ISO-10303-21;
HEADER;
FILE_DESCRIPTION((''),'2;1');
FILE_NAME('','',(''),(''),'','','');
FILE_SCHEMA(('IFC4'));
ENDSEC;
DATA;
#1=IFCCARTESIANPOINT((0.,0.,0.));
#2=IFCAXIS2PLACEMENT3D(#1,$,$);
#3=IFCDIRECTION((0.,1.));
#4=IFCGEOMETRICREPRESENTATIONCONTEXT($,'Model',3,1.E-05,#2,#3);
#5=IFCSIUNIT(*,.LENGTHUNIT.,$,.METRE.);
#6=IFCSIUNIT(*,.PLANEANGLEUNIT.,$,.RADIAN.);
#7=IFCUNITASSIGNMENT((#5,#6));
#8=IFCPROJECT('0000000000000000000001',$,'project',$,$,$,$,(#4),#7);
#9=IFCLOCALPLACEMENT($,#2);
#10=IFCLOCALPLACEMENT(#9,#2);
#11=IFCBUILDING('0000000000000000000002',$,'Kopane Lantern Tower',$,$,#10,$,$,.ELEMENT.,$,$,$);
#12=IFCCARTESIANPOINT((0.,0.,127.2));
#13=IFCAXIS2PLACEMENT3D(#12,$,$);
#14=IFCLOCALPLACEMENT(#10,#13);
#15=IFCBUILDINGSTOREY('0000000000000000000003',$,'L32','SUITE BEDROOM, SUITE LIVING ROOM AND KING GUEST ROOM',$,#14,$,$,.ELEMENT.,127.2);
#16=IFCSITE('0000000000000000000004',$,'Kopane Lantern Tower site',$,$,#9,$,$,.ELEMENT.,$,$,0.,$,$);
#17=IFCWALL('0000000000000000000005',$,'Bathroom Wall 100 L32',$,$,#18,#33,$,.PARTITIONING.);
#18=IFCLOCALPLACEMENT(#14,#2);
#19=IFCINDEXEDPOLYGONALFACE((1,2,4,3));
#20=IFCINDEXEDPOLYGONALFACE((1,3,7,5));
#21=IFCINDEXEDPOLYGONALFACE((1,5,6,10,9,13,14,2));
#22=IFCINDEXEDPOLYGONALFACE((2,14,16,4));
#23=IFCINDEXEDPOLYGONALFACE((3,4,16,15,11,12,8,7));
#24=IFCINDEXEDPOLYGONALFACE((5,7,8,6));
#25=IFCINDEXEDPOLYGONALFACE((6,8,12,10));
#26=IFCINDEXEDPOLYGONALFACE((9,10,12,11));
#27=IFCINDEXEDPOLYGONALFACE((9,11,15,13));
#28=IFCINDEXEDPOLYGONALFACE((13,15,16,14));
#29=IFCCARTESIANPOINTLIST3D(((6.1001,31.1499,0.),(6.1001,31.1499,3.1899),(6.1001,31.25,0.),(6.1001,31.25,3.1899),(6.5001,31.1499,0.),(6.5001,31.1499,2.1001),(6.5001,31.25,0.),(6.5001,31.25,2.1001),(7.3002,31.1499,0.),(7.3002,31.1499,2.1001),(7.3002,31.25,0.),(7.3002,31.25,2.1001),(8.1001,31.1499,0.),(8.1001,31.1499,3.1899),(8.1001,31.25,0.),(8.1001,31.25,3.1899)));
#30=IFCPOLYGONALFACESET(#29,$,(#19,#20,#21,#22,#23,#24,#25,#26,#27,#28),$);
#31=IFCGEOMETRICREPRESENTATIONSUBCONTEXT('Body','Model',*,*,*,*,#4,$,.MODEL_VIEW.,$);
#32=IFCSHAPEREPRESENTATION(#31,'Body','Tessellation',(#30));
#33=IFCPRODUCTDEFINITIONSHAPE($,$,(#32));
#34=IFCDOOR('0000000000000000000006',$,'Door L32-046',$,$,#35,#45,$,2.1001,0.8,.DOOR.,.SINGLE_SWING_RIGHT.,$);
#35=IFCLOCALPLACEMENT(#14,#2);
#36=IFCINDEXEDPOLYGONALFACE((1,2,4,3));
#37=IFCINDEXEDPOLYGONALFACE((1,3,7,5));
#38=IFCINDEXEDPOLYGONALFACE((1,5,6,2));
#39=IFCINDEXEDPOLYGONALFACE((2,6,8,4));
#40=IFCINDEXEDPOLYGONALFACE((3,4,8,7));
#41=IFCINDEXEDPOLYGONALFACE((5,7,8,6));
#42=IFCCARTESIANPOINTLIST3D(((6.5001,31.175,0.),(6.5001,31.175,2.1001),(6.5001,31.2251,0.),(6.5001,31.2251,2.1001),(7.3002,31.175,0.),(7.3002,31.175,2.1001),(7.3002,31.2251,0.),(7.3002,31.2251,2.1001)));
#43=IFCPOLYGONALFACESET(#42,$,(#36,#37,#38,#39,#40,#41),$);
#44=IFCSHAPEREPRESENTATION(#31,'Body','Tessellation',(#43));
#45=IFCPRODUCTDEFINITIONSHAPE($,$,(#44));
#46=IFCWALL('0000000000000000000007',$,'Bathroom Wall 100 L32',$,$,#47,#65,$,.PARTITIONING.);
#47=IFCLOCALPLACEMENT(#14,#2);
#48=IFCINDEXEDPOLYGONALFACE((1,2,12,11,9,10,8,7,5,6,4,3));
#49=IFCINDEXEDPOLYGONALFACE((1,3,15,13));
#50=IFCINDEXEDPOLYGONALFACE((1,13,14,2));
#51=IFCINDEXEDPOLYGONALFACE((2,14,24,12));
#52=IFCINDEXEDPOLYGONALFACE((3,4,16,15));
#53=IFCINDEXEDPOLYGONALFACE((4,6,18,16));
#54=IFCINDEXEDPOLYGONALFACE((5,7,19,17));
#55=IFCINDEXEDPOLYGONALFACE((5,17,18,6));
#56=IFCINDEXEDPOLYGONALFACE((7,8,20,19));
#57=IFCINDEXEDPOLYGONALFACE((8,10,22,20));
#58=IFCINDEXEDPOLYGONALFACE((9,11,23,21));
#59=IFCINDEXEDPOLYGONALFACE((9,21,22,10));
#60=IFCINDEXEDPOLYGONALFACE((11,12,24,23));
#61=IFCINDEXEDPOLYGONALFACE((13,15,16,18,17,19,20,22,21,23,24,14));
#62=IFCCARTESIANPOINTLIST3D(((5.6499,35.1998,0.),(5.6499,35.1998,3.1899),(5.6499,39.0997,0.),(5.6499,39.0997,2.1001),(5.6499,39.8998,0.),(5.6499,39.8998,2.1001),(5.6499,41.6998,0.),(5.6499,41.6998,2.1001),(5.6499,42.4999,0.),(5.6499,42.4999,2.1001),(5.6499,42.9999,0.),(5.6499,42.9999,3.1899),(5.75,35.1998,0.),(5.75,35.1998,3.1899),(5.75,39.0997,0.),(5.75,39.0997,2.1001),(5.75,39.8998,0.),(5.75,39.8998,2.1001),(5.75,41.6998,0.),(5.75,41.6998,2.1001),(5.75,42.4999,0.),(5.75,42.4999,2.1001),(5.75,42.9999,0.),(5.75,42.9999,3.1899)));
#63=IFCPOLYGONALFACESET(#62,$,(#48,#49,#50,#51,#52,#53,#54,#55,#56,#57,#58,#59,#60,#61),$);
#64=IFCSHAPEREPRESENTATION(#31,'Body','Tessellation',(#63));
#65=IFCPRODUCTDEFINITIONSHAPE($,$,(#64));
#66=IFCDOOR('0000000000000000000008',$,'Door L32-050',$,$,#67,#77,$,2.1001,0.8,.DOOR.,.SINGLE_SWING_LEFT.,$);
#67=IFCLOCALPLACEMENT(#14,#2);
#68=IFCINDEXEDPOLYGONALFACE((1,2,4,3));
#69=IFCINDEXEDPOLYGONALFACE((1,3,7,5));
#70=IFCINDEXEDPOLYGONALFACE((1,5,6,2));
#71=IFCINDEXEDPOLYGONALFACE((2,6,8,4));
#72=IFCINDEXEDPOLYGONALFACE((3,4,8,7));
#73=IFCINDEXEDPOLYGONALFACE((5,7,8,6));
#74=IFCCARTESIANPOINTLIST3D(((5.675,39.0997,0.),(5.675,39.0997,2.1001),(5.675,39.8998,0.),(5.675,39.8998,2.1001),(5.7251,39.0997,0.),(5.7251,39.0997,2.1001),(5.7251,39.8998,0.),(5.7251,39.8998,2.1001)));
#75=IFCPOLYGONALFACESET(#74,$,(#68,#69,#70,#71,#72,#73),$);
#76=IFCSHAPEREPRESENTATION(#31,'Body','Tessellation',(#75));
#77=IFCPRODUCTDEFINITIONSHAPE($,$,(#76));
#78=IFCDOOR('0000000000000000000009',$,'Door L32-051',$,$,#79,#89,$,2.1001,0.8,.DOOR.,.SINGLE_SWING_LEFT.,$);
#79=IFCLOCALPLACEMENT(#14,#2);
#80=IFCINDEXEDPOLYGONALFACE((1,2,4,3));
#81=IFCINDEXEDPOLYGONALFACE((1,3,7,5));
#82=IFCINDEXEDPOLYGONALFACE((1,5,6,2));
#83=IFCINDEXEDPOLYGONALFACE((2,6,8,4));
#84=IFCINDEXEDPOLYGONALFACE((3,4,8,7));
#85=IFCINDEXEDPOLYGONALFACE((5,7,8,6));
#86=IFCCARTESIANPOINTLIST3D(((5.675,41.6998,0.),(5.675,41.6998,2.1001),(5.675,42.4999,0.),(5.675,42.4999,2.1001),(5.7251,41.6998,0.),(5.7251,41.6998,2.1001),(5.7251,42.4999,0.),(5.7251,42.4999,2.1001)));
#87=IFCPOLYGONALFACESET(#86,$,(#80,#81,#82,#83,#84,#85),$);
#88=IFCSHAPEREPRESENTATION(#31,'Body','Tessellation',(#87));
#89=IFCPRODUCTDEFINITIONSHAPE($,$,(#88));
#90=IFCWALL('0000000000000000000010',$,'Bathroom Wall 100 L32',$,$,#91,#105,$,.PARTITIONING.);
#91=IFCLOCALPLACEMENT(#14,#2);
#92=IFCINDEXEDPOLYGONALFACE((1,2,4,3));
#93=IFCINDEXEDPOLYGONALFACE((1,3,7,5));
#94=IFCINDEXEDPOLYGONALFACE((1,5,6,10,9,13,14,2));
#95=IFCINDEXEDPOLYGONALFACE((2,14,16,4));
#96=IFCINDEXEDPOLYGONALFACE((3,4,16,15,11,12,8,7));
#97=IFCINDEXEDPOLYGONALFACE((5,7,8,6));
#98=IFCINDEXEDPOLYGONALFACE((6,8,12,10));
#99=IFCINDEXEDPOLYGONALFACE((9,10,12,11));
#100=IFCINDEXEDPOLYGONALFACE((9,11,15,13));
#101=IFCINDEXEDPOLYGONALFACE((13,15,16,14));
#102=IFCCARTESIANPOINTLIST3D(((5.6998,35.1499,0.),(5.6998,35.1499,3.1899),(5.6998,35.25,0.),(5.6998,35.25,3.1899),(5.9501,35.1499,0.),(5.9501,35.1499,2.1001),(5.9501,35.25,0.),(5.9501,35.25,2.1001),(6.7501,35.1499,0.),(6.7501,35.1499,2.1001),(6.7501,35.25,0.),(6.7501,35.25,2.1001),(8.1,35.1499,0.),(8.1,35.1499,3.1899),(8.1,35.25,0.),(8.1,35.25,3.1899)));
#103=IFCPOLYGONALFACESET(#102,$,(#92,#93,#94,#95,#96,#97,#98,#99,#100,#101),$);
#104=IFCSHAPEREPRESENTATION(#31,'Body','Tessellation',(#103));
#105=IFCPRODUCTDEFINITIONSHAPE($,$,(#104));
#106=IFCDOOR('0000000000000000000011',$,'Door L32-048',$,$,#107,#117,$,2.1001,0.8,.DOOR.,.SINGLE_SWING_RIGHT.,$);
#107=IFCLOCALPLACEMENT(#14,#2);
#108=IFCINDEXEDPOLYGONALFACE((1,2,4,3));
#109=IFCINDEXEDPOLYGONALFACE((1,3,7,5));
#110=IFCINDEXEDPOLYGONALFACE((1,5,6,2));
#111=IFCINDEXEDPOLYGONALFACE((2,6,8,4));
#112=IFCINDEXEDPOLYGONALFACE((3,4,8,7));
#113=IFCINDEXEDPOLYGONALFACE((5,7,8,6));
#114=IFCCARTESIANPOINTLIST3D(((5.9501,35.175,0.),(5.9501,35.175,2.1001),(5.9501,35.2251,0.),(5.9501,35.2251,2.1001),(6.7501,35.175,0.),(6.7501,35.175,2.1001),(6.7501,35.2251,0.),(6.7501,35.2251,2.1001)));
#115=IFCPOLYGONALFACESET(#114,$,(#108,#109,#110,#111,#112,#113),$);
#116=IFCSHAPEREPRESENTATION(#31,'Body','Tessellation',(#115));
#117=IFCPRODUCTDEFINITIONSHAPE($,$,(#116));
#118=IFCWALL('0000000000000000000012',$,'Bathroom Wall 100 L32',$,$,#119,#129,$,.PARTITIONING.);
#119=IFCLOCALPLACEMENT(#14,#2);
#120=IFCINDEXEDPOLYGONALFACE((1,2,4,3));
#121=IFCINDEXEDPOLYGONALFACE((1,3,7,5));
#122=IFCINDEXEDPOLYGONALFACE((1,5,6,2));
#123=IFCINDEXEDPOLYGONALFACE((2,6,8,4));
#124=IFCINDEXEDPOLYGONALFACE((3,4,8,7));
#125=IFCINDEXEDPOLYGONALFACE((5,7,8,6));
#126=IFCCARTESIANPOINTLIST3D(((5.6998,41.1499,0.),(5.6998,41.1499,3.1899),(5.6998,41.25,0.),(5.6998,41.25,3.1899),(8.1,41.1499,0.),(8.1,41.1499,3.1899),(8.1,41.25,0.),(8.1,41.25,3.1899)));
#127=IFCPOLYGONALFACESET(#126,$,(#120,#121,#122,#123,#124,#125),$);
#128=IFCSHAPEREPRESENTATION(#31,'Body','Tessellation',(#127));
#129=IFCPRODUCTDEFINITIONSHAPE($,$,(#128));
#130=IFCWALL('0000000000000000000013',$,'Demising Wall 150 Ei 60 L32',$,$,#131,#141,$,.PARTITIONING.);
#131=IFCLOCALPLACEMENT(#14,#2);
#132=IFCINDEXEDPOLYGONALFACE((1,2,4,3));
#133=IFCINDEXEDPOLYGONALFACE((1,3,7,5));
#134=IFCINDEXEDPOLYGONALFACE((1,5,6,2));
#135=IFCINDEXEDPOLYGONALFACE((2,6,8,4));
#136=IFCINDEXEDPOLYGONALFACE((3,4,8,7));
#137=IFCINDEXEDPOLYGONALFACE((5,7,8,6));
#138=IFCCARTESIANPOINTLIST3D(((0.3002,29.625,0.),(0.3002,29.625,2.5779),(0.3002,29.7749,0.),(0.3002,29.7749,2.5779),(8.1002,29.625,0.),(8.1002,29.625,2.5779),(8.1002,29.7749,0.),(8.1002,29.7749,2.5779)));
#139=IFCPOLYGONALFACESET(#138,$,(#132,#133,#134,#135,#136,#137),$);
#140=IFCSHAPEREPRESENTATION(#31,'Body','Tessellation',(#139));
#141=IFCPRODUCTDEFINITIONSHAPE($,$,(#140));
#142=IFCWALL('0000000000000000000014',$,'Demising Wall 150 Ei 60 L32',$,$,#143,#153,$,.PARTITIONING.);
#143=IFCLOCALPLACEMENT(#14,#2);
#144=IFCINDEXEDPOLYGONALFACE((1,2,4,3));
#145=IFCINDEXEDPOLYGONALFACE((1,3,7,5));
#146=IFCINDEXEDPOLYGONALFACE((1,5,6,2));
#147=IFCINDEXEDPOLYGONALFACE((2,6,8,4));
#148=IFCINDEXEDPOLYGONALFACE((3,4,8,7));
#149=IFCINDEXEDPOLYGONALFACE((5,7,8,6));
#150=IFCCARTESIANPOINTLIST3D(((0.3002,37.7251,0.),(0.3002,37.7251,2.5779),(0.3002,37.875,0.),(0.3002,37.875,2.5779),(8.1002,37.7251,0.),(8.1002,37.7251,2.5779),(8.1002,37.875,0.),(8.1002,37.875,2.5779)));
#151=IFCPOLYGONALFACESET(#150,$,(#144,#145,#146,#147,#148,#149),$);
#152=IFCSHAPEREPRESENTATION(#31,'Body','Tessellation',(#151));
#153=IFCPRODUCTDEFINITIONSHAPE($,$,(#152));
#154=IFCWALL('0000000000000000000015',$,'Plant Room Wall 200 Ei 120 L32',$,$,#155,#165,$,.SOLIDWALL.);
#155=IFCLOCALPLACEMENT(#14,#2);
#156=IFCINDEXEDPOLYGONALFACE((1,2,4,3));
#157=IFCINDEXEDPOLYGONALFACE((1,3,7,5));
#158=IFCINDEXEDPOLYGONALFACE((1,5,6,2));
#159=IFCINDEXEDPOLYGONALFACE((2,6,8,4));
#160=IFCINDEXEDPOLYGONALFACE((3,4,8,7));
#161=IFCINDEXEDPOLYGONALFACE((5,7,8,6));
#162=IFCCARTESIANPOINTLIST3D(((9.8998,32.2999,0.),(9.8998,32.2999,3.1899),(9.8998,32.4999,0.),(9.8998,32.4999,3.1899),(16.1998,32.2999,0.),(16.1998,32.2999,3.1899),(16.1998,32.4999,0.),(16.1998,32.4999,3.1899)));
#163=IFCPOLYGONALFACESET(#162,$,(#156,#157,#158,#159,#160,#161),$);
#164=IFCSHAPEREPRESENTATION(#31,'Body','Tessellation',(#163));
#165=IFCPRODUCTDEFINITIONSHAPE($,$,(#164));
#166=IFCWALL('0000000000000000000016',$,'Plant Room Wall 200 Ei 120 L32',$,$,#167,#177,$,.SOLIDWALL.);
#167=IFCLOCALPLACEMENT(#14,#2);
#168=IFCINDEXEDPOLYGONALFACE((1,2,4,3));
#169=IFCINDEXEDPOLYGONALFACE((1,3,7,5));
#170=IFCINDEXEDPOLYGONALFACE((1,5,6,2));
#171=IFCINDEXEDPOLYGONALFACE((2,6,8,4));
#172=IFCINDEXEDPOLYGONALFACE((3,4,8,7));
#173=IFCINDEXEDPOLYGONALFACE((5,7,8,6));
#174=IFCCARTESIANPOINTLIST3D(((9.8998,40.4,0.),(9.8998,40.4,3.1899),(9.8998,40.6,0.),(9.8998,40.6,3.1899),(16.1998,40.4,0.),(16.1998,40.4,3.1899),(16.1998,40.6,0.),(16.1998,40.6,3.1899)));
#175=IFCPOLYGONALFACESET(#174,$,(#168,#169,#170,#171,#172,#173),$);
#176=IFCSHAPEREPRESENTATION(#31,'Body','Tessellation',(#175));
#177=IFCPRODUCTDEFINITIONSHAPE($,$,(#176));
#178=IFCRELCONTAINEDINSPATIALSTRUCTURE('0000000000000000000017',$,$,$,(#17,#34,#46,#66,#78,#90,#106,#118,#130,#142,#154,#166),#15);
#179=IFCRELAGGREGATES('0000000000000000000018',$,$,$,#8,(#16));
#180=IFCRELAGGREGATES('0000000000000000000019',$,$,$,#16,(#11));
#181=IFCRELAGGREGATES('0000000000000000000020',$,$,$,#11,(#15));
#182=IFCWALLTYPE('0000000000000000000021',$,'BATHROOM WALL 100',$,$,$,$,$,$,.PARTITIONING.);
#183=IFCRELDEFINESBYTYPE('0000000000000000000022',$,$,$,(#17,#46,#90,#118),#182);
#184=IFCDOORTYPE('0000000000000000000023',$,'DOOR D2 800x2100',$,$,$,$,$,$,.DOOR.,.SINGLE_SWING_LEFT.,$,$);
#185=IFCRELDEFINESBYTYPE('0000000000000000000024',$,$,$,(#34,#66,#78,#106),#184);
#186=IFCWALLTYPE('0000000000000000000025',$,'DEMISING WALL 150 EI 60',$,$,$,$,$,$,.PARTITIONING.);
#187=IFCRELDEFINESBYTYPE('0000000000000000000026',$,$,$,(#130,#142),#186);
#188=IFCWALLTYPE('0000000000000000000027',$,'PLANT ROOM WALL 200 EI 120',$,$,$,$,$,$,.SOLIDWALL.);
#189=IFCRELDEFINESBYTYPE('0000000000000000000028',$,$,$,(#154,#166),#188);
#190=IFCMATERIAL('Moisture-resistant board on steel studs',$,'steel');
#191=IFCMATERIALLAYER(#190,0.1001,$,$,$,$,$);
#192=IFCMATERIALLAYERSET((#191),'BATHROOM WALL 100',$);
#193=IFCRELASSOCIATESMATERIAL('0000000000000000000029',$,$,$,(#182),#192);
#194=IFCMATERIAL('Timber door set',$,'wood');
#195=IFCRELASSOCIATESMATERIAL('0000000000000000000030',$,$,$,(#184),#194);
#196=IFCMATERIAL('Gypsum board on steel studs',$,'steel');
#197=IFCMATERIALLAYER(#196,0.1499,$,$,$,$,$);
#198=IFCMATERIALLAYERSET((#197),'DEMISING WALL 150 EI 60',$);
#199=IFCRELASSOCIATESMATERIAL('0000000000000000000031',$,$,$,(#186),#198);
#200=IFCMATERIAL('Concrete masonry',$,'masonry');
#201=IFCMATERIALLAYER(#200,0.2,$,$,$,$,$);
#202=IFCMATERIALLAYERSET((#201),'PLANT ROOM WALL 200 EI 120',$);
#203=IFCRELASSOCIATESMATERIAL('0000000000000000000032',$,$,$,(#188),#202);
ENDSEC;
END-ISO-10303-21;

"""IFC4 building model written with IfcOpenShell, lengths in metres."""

from ifc_helpers import new_model, si_unit, direction, frame, frame_2d, origin, place, context, subcontext, project, spatial, rectangle, extrude, material, layer, layer_set, type_object, element, fill, save


model = new_model("IFC4")

# Units and contexts
model_context = context("Model", 3, precision=1e-05, world=origin(), true_north=direction((0.0, 1.0)))
body_context = subcontext(model_context, "Body", "Model", "MODEL_VIEW")
ifc_project = project(units=[si_unit("LENGTHUNIT", "METRE"), si_unit("PLANEANGLEUNIT", "RADIAN")], contexts=[model_context])

# Site, building, storey
site_placement = place(None, origin())
site = spatial("IfcSite", under=ifc_project, at=site_placement, Name="Kopane Lantern Tower site", CompositionType="ELEMENT", RefElevation=0.0)
building_placement = place(site_placement, origin())
building = spatial("IfcBuilding", under=site, at=building_placement, Name="Kopane Lantern Tower", CompositionType="ELEMENT")
storey_placement = place(building_placement, frame((0.0, 0.0, 127.2)))
storey = spatial("IfcBuildingStorey", under=building, at=storey_placement, Name="L32", Description="SUITE BEDROOM, SUITE LIVING ROOM AND KING GUEST ROOM", CompositionType="ELEMENT", Elevation=127.2)

# Shared definitions
ifc_material_1 = material(Name="Moisture-resistant board on steel studs", Category="steel")
ifc_layer_1 = layer(ifc_material_1, 0.1001)
ifc_layer_set_1 = layer_set([ifc_layer_1], Name="BATHROOM WALL 100")
wall_type_1 = type_object("IfcWallType", Name="BATHROOM WALL 100", PredefinedType="PARTITIONING", material=ifc_layer_set_1)

# Wall, opening, door
wall_1_placement = place(storey_placement, frame((8.1001, 31.2, 0.0), z_axis=(0.0, 0.0, 1.0), x_axis=(-1.0, 0.0, 0.0)))
wall_1 = element("IfcWall", 1, at=wall_1_placement, inside=storey, type_object=wall_type_1, Name="Bathroom Wall 100 L32", PredefinedType="PARTITIONING", context=body_context, shape_type="SweptSolid", body=[
    extrude(rectangle(XDim=2.0, YDim=0.1001, at=frame_2d((1.0, 0.0))), origin(), (0.0, 0.0, 1.0), 3.1899),
])
opening_1_placement = place(wall_1_placement, frame((0.8, 0.0, 0.0)))
opening_1 = element("IfcOpeningElement", 2, at=opening_1_placement, cuts=wall_1, PredefinedType="OPENING", context=body_context, shape_type="SweptSolid", body=[
    extrude(rectangle(XDim=0.8, YDim=2.1001, at=frame_2d((0.3999, 1.05))), frame((0.0, 0.0601, 0.0), z_axis=(0.0, -1.0, 0.0), x_axis=(1.0, 0.0, 0.0)), (0.0, 0.0, 1.0), 0.1201),
])
ifc_material_2 = material(Name="Timber door set", Category="wood")
door_type_1 = type_object("IfcDoorType", Name="DOOR D2 800x2100", OperationType="SINGLE_SWING_LEFT", PredefinedType="DOOR", material=ifc_material_2)
door_1_placement = place(opening_1_placement, origin())
door_1 = element("IfcDoor", 3, at=door_1_placement, inside=storey, type_object=door_type_1, Name="Door L32-046", OperationType="SINGLE_SWING_RIGHT", OverallHeight=2.1001, OverallWidth=0.8, PredefinedType="DOOR", context=body_context, shape_type="SweptSolid", body=[
    extrude(rectangle(XDim=0.8, YDim=2.1001, at=frame_2d((0.3999, 1.05))), frame((0.0, 0.0249, 0.0), z_axis=(0.0, -1.0, 0.0), x_axis=(1.0, 0.0, 0.0)), (0.0, 0.0, 1.0), 0.05),
])
fill(opening_1, door_1)

# Wall, openings, doors
wall_2_placement = place(storey_placement, frame((5.7, 35.2, 0.0), z_axis=(0.0, 0.0, 1.0), x_axis=(0.0, 1.0, 0.0)))
wall_2 = element("IfcWall", 4, at=wall_2_placement, inside=storey, type_object=wall_type_1, Name="Bathroom Wall 100 L32", PredefinedType="PARTITIONING", context=body_context, shape_type="SweptSolid", body=[
    extrude(rectangle(XDim=7.8, YDim=0.1001, at=frame_2d((3.8999, 0.0))), origin(), (0.0, 0.0, 1.0), 3.1899),
])
opening_2_placement = place(wall_2_placement, frame((3.8999, 0.0, 0.0)))
opening_2 = element("IfcOpeningElement", 5, at=opening_2_placement, cuts=wall_2, PredefinedType="OPENING", context=body_context, shape_type="SweptSolid", body=[
    extrude(rectangle(XDim=0.8, YDim=2.1001, at=frame_2d((0.3999, 1.05))), frame((0.0, 0.0601, 0.0), z_axis=(0.0, -1.0, 0.0), x_axis=(1.0, 0.0, 0.0)), (0.0, 0.0, 1.0), 0.1201),
])
opening_3_placement = place(wall_2_placement, frame((6.5, 0.0, 0.0)))
opening_3 = element("IfcOpeningElement", 6, at=opening_3_placement, cuts=wall_2, PredefinedType="OPENING", context=body_context, shape_type="SweptSolid", body=[
    extrude(rectangle(XDim=0.8, YDim=2.1001, at=frame_2d((0.3999, 1.05))), frame((0.0, 0.0601, 0.0), z_axis=(0.0, -1.0, 0.0), x_axis=(1.0, 0.0, 0.0)), (0.0, 0.0, 1.0), 0.1201),
])
door_2_placement = place(opening_2_placement, origin())
door_2 = element("IfcDoor", 7, at=door_2_placement, inside=storey, type_object=door_type_1, Name="Door L32-050", OperationType="SINGLE_SWING_LEFT", OverallHeight=2.1001, OverallWidth=0.8, PredefinedType="DOOR", context=body_context, shape_type="SweptSolid", body=[
    extrude(rectangle(XDim=0.8, YDim=2.1001, at=frame_2d((0.3999, 1.05))), frame((0.0, 0.0249, 0.0), z_axis=(0.0, -1.0, 0.0), x_axis=(1.0, 0.0, 0.0)), (0.0, 0.0, 1.0), 0.05),
])
fill(opening_2, door_2)
door_3_placement = place(opening_3_placement, origin())
door_3 = element("IfcDoor", 8, at=door_3_placement, inside=storey, type_object=door_type_1, Name="Door L32-051", OperationType="SINGLE_SWING_LEFT", OverallHeight=2.1001, OverallWidth=0.8, PredefinedType="DOOR", context=body_context, shape_type="SweptSolid", body=[
    extrude(rectangle(XDim=0.8, YDim=2.1001, at=frame_2d((0.3999, 1.05))), frame((0.0, 0.0249, 0.0), z_axis=(0.0, -1.0, 0.0), x_axis=(1.0, 0.0, 0.0)), (0.0, 0.0, 1.0), 0.05),
])
fill(opening_3, door_3)

# Wall, opening, door
wall_3_placement = place(storey_placement, frame((8.1001, 35.2, 0.0), z_axis=(0.0, 0.0, 1.0), x_axis=(-1.0, 0.0, 0.0)))
wall_3 = element("IfcWall", 9, at=wall_3_placement, inside=storey, type_object=wall_type_1, Name="Bathroom Wall 100 L32", PredefinedType="PARTITIONING", context=body_context, shape_type="SweptSolid", body=[
    extrude(rectangle(XDim=2.4001, YDim=0.1001, at=frame_2d((1.2002, 0.0))), origin(), (0.0, 0.0, 1.0), 3.1899),
])
opening_4_placement = place(wall_3_placement, frame((1.3501, 0.0, 0.0)))
opening_4 = element("IfcOpeningElement", 10, at=opening_4_placement, cuts=wall_3, PredefinedType="OPENING", context=body_context, shape_type="SweptSolid", body=[
    extrude(rectangle(XDim=0.8, YDim=2.1001, at=frame_2d((0.3999, 1.05))), frame((0.0, 0.0601, 0.0), z_axis=(0.0, -1.0, 0.0), x_axis=(1.0, 0.0, 0.0)), (0.0, 0.0, 1.0), 0.1201),
])
door_4_placement = place(opening_4_placement, origin())
door_4 = element("IfcDoor", 11, at=door_4_placement, inside=storey, type_object=door_type_1, Name="Door L32-048", OperationType="SINGLE_SWING_RIGHT", OverallHeight=2.1001, OverallWidth=0.8, PredefinedType="DOOR", context=body_context, shape_type="SweptSolid", body=[
    extrude(rectangle(XDim=0.8, YDim=2.1001, at=frame_2d((0.3999, 1.05))), frame((0.0, 0.0249, 0.0), z_axis=(0.0, -1.0, 0.0), x_axis=(1.0, 0.0, 0.0)), (0.0, 0.0, 1.0), 0.05),
])
fill(opening_4, door_4)

# Walls
wall_4_placement = place(storey_placement, frame((8.1001, 41.2, 0.0), z_axis=(0.0, 0.0, 1.0), x_axis=(-1.0, 0.0, 0.0)))
element("IfcWall", 12, at=wall_4_placement, inside=storey, type_object=wall_type_1, Name="Bathroom Wall 100 L32", PredefinedType="PARTITIONING", context=body_context, shape_type="SweptSolid", body=[
    extrude(rectangle(XDim=2.4001, YDim=0.1001, at=frame_2d((1.2002, 0.0))), origin(), (0.0, 0.0, 1.0), 3.1899),
])
ifc_material_3 = material(Name="Gypsum board on steel studs", Category="steel")
ifc_layer_2 = layer(ifc_material_3, 0.1499)
ifc_layer_set_2 = layer_set([ifc_layer_2], Name="DEMISING WALL 150 EI 60")
wall_type_2 = type_object("IfcWallType", Name="DEMISING WALL 150 EI 60", PredefinedType="PARTITIONING", material=ifc_layer_set_2)
for number, where, z_axis, x_axis, name in (
    (13, (8.1001, 29.7, 0.0), (0.0, 0.0, 1.0), (-1.0, 0.0, 0.0), "Demising Wall 150 Ei 60 L32"),
    (14, (8.1001, 37.8, 0.0), (0.0, 0.0, 1.0), (-1.0, 0.0, 0.0), "Demising Wall 150 Ei 60 L32"),
):
    element("IfcWall", number, at=place(storey_placement, frame(where, z_axis=z_axis, x_axis=x_axis)), inside=storey, type_object=wall_type_2, Name=name, PredefinedType="PARTITIONING", context=body_context, shape_type="SweptSolid", body=[
        extrude(rectangle(XDim=7.8, YDim=0.1499, at=frame_2d((3.8999, 0.0))), origin(), (0.0, 0.0, 1.0), 2.5779),
    ])
ifc_material_4 = material(Name="Concrete masonry", Category="masonry")
ifc_layer_3 = layer(ifc_material_4, 0.2)
ifc_layer_set_3 = layer_set([ifc_layer_3], Name="PLANT ROOM WALL 200 EI 120")
wall_type_3 = type_object("IfcWallType", Name="PLANT ROOM WALL 200 EI 120", PredefinedType="SOLIDWALL", material=ifc_layer_set_3)
for number, where, z_axis, x_axis, name in (
    (15, (9.8999, 32.3999, 0.0), (0.0, 0.0, 1.0), (1.0, 0.0, 0.0), "Plant Room Wall 200 Ei 120 L32"),
    (16, (9.8999, 40.5, 0.0), (0.0, 0.0, 1.0), (1.0, 0.0, 0.0), "Plant Room Wall 200 Ei 120 L32"),
):
    element("IfcWall", number, at=place(storey_placement, frame(where, z_axis=z_axis, x_axis=x_axis)), inside=storey, type_object=wall_type_3, Name=name, PredefinedType="SOLIDWALL", context=body_context, shape_type="SweptSolid", body=[
        extrude(rectangle(XDim=6.3, YDim=0.2, at=frame_2d((3.1499, 0.0))), origin(), (0.0, 0.0, 1.0), 3.1899),
    ])

save(model, "model.ifc")
